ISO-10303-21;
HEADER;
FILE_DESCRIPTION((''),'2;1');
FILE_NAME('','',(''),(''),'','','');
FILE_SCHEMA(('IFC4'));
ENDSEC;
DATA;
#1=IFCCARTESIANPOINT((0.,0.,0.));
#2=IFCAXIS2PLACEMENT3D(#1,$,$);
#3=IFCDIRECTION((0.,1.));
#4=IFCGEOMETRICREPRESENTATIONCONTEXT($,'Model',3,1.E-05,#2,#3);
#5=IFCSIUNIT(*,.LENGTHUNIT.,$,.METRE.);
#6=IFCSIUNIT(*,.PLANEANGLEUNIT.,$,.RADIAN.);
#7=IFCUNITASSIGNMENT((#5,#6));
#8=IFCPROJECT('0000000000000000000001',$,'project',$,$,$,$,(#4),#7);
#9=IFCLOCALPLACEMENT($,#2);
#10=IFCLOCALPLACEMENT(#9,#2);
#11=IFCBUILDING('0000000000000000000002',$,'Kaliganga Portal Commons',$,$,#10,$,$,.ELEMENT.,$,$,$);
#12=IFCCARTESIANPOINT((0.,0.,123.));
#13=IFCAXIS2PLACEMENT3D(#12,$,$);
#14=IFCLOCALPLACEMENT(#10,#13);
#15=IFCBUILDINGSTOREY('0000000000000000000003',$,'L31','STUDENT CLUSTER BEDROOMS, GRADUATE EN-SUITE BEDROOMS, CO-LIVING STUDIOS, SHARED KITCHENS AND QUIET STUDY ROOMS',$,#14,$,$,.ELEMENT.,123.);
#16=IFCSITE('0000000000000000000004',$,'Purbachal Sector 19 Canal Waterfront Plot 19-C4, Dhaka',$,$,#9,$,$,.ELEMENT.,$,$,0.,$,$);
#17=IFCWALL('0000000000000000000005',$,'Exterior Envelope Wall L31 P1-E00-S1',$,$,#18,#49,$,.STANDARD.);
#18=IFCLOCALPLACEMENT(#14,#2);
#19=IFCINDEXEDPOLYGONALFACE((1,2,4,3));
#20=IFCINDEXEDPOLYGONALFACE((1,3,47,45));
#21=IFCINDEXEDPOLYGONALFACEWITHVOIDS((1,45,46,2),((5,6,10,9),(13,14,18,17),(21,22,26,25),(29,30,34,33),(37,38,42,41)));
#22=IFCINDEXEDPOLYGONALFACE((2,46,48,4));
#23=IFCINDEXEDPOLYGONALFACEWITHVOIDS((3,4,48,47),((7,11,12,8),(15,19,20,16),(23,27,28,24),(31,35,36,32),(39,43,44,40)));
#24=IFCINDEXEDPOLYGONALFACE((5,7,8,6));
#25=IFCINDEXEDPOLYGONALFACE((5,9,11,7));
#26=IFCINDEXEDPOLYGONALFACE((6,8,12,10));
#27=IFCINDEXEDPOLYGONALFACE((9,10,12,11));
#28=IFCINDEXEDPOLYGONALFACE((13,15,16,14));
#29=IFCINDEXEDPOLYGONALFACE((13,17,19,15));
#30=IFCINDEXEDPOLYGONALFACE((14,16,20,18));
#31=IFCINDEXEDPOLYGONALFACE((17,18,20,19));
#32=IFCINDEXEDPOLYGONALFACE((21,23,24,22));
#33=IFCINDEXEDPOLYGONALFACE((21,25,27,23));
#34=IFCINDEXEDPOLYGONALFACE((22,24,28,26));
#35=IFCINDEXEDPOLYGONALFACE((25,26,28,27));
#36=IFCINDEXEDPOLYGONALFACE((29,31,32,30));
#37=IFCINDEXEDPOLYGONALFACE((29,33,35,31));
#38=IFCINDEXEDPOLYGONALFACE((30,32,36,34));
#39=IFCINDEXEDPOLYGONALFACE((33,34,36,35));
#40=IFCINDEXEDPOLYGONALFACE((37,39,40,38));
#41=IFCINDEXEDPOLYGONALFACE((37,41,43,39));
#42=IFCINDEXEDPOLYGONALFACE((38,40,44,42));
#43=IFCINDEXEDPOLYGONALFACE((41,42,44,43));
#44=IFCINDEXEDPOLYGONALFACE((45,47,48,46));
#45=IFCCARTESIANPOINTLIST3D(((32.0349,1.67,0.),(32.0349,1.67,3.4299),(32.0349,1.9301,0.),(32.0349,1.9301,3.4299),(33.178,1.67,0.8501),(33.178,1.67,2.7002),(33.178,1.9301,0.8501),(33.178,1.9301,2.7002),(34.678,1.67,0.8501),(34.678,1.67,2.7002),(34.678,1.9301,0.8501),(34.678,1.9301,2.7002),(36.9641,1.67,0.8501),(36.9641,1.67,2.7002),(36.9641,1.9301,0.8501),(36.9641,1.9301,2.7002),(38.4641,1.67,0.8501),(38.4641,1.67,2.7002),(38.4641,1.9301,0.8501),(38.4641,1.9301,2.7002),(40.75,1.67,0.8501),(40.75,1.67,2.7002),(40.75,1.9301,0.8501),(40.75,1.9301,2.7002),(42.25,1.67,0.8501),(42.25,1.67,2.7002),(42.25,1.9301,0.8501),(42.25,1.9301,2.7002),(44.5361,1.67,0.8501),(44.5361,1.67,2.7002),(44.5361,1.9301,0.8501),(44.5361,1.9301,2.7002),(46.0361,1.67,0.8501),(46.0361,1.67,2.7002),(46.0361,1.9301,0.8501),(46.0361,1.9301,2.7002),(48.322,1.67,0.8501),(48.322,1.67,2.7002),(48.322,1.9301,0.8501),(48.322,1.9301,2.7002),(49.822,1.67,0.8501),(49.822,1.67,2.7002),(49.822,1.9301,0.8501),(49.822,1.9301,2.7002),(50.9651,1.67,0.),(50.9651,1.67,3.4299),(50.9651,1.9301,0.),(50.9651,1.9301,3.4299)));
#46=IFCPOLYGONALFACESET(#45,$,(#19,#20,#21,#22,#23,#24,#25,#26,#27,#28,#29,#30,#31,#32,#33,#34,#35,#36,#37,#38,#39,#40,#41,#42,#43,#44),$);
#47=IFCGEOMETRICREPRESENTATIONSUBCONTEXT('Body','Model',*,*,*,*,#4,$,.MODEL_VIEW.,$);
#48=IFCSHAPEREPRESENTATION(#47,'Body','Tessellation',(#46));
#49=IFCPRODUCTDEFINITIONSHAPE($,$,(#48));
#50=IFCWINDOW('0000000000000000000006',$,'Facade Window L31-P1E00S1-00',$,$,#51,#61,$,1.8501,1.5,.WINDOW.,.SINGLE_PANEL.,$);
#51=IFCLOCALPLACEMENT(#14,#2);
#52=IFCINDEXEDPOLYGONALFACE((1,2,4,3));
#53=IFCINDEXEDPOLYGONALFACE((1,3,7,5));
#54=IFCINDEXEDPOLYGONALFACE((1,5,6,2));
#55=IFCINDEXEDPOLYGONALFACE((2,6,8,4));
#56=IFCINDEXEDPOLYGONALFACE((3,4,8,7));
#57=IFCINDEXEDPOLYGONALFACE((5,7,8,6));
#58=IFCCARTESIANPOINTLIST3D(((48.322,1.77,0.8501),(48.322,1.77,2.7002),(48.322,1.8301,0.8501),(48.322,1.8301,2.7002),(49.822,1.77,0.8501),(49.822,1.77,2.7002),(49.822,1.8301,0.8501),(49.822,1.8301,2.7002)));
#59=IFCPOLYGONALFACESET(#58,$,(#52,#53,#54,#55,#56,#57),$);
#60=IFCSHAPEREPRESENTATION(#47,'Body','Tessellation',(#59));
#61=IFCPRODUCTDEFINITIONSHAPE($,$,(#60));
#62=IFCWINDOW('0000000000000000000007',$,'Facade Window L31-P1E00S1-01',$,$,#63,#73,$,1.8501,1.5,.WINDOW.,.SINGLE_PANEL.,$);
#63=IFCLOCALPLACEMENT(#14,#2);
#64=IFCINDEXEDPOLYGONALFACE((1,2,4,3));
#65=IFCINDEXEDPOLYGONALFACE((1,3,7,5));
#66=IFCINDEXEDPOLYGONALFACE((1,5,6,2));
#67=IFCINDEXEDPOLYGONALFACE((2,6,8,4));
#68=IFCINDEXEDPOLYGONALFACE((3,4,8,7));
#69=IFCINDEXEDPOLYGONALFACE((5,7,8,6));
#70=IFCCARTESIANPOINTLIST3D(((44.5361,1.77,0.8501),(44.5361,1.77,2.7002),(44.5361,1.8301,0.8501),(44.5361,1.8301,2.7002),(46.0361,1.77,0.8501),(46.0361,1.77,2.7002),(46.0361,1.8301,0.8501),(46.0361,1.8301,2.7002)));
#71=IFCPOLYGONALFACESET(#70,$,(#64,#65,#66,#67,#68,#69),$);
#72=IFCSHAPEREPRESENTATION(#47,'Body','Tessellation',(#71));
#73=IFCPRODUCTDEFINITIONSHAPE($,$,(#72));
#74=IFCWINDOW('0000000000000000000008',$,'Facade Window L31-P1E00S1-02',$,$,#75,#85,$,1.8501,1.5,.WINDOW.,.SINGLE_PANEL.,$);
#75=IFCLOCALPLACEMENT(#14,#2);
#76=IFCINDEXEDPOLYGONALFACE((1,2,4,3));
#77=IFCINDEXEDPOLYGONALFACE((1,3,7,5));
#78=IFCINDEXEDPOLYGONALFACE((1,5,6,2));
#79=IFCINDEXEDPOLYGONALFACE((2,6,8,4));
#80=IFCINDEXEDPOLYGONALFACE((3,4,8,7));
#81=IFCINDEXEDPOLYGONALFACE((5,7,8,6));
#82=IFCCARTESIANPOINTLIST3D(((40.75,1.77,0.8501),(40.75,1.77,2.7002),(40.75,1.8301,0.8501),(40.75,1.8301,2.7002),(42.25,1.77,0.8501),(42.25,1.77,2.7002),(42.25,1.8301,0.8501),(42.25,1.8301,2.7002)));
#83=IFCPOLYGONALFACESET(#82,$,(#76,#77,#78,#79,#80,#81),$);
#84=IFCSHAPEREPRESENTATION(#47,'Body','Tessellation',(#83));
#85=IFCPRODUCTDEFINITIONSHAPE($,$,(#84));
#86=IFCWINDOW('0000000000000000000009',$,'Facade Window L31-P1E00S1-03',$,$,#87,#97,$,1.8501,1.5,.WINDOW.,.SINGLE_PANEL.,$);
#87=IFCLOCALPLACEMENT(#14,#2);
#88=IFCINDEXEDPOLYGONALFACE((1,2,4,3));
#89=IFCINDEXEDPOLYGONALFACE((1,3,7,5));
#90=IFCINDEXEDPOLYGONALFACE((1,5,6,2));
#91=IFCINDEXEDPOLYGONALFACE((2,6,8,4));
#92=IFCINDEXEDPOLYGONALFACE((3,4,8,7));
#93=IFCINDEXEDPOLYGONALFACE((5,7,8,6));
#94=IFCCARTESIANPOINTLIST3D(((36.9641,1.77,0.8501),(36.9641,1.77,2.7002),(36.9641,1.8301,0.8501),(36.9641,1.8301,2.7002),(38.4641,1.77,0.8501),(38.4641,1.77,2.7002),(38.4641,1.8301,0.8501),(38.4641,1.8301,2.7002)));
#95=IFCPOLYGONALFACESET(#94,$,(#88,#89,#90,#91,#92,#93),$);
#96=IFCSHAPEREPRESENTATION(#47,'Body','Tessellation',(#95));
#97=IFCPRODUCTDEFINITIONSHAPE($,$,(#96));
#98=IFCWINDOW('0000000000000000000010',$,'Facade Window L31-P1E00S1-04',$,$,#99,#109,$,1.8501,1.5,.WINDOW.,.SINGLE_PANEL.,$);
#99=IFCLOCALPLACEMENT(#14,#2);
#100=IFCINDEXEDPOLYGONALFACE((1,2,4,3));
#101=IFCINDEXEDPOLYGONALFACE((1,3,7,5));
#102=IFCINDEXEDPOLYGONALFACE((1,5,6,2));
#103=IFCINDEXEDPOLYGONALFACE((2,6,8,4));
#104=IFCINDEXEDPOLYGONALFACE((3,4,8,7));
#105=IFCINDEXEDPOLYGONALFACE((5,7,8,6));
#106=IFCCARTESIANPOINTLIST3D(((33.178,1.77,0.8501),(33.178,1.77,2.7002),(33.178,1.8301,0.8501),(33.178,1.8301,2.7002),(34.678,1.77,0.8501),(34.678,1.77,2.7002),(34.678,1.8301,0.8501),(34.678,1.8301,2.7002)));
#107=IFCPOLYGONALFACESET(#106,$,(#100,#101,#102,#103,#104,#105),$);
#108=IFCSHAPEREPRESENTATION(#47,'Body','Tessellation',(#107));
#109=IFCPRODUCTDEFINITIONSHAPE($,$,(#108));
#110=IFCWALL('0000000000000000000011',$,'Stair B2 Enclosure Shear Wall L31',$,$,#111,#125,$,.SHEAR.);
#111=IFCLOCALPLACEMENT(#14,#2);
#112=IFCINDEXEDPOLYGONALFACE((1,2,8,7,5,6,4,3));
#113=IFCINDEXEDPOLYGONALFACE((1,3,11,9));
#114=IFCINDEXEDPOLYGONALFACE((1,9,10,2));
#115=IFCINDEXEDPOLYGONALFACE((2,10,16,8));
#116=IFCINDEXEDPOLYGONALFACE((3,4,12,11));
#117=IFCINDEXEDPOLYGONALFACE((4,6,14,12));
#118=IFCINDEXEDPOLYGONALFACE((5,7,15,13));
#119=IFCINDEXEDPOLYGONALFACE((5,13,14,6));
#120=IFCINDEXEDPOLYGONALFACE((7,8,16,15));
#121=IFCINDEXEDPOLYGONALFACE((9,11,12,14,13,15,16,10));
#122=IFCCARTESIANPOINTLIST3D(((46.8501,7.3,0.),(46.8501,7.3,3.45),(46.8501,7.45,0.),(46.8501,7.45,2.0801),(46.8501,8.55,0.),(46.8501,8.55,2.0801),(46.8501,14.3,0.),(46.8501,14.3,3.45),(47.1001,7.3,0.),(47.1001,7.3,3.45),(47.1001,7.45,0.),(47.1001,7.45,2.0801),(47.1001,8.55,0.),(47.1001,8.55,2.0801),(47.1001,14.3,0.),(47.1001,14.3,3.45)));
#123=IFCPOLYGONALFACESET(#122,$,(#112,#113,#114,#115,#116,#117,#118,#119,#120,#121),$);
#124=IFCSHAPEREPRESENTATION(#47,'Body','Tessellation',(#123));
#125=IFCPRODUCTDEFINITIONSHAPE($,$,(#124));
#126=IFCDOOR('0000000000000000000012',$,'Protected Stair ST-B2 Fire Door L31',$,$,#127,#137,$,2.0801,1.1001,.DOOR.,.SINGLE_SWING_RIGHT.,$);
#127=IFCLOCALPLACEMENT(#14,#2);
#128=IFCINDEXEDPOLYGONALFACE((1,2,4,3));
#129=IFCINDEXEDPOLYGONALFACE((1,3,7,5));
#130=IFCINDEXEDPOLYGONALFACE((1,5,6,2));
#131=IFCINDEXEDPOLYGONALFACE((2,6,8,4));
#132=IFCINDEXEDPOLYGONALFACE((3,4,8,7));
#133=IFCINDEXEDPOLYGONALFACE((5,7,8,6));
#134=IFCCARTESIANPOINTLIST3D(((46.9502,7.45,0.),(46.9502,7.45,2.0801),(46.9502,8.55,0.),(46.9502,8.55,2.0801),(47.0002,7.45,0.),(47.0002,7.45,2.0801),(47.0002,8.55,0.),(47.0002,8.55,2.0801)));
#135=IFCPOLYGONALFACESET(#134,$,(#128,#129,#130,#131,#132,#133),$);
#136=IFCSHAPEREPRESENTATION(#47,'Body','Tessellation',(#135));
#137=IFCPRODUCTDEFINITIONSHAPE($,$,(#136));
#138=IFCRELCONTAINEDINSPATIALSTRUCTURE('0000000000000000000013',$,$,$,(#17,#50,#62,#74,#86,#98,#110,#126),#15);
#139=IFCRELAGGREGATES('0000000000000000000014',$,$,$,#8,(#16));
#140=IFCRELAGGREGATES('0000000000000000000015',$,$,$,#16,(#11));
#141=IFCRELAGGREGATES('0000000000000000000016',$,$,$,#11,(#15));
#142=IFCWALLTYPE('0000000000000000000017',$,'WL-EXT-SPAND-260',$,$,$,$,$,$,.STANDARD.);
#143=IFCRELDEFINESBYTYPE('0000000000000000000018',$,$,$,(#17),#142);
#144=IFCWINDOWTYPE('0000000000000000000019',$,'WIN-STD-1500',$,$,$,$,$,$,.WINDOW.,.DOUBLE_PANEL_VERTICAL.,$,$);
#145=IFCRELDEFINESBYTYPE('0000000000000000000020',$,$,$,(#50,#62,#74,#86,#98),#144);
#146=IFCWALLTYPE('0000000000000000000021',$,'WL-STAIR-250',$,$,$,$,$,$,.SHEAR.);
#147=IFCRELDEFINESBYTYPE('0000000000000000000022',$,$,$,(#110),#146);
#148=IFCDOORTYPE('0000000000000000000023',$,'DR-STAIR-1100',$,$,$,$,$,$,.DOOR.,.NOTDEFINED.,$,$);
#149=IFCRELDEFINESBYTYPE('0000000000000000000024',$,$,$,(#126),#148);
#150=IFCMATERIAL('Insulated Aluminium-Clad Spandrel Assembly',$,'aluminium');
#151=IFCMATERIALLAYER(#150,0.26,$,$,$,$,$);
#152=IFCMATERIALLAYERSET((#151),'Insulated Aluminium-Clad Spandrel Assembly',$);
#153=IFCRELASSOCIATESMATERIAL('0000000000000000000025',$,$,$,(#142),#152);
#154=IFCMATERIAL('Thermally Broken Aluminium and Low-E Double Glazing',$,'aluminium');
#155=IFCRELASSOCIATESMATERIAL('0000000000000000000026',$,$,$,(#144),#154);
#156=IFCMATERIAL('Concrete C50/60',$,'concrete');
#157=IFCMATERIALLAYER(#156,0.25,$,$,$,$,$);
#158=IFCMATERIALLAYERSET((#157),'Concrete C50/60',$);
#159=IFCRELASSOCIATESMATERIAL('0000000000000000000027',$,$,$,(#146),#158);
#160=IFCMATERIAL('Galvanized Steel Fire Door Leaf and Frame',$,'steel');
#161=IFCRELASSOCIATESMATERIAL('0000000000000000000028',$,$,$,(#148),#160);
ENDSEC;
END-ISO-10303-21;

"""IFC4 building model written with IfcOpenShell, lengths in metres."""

from ifc_helpers import new_model, si_unit, direction, frame, frame_2d, origin, place, context, subcontext, project, spatial, rectangle, extrude, material, layer, layer_set, type_object, element, fill, save


model = new_model("IFC4")

# Units and contexts
model_context = context("Model", 3, precision=1e-05, world=origin(), true_north=direction((0.0, 1.0)))
body_context = subcontext(model_context, "Body", "Model", "MODEL_VIEW")
ifc_project = project(units=[si_unit("LENGTHUNIT", "METRE"), si_unit("PLANEANGLEUNIT", "RADIAN")], contexts=[model_context])

# Site, building, storey
site_placement = place(None, origin())
site = spatial("IfcSite", under=ifc_project, at=site_placement, Name="Purbachal Sector 19 Canal Waterfront Plot 19-C4, Dhaka", CompositionType="ELEMENT", RefElevation=0.0)
building_placement = place(site_placement, origin())
building = spatial("IfcBuilding", under=site, at=building_placement, Name="Kaliganga Portal Commons", CompositionType="ELEMENT")
storey_placement = place(building_placement, frame((0.0, 0.0, 123.0)))
storey = spatial("IfcBuildingStorey", under=building, at=storey_placement, Name="L31", Description="STUDENT CLUSTER BEDROOMS, GRADUATE EN-SUITE BEDROOMS, CO-LIVING STUDIOS, SHARED KITCHENS AND QUIET STUDY ROOMS", CompositionType="ELEMENT", Elevation=123.0)

# Wall, openings, windows
ifc_material_1 = material(Name="Insulated Aluminium-Clad Spandrel Assembly", Category="aluminium")
ifc_layer_1 = layer(ifc_material_1, 0.26)
ifc_layer_set_1 = layer_set([ifc_layer_1], Name="Insulated Aluminium-Clad Spandrel Assembly")
wall_type_1 = type_object("IfcWallType", Name="WL-EXT-SPAND-260", PredefinedType="STANDARD", material=ifc_layer_set_1)
wall_1_placement = place(storey_placement, frame((50.9651, 1.8, 0.0), z_axis=(0.0, 0.0, 1.0), x_axis=(-1.0, 0.0, 0.0)))
wall_1 = element("IfcWall", 1, at=wall_1_placement, inside=storey, type_object=wall_type_1, Name="Exterior Envelope Wall L31 P1-E00-S1", PredefinedType="STANDARD", context=body_context, shape_type="SweptSolid", body=[
    extrude(rectangle(XDim=18.9302, YDim=0.26, at=frame_2d((9.4651, 0.0))), origin(), (0.0, 0.0, 1.0), 3.4299),
])
opening_1_placement = place(wall_1_placement, frame((1.1431, 0.0, 0.8501)))
opening_1 = element("IfcOpeningElement", 2, at=opening_1_placement, cuts=wall_1, PredefinedType="OPENING", context=body_context, shape_type="SweptSolid", body=[
    extrude(rectangle(XDim=1.5, YDim=1.8501, at=frame_2d((0.75, 0.925))), frame((0.0, 0.1401, 0.0), z_axis=(0.0, -1.0, 0.0), x_axis=(1.0, 0.0, 0.0)), (0.0, 0.0, 1.0), 0.28),
])
opening_2_placement = place(wall_1_placement, frame((4.929, 0.0, 0.8501)))
opening_2 = element("IfcOpeningElement", 3, at=opening_2_placement, cuts=wall_1, PredefinedType="OPENING", context=body_context, shape_type="SweptSolid", body=[
    extrude(rectangle(XDim=1.5, YDim=1.8501, at=frame_2d((0.75, 0.925))), frame((0.0, 0.1401, 0.0), z_axis=(0.0, -1.0, 0.0), x_axis=(1.0, 0.0, 0.0)), (0.0, 0.0, 1.0), 0.28),
])
opening_3_placement = place(wall_1_placement, frame((8.7151, 0.0, 0.8501)))
opening_3 = element("IfcOpeningElement", 4, at=opening_3_placement, cuts=wall_1, PredefinedType="OPENING", context=body_context, shape_type="SweptSolid", body=[
    extrude(rectangle(XDim=1.5, YDim=1.8501, at=frame_2d((0.75, 0.925))), frame((0.0, 0.1401, 0.0), z_axis=(0.0, -1.0, 0.0), x_axis=(1.0, 0.0, 0.0)), (0.0, 0.0, 1.0), 0.28),
])
opening_4_placement = place(wall_1_placement, frame((12.501, 0.0, 0.8501)))
opening_4 = element("IfcOpeningElement", 5, at=opening_4_placement, cuts=wall_1, PredefinedType="OPENING", context=body_context, shape_type="SweptSolid", body=[
    extrude(rectangle(XDim=1.5, YDim=1.8501, at=frame_2d((0.75, 0.925))), frame((0.0, 0.1401, 0.0), z_axis=(0.0, -1.0, 0.0), x_axis=(1.0, 0.0, 0.0)), (0.0, 0.0, 1.0), 0.28),
])
opening_5_placement = place(wall_1_placement, frame((16.2871, 0.0, 0.8501)))
opening_5 = element("IfcOpeningElement", 6, at=opening_5_placement, cuts=wall_1, PredefinedType="OPENING", context=body_context, shape_type="SweptSolid", body=[
    extrude(rectangle(XDim=1.5, YDim=1.8501, at=frame_2d((0.75, 0.925))), frame((0.0, 0.1401, 0.0), z_axis=(0.0, -1.0, 0.0), x_axis=(1.0, 0.0, 0.0)), (0.0, 0.0, 1.0), 0.28),
])
ifc_material_2 = material(Name="Thermally Broken Aluminium and Low-E Double Glazing", Category="aluminium")
window_type = type_object("IfcWindowType", Name="WIN-STD-1500", PartitioningType="DOUBLE_PANEL_VERTICAL", PredefinedType="WINDOW", material=ifc_material_2)
window_1_placement = place(opening_1_placement, origin())
window_1 = element("IfcWindow", 7, at=window_1_placement, inside=storey, type_object=window_type, Name="Facade Window L31-P1E00S1-00", OverallHeight=1.8501, OverallWidth=1.5, PartitioningType="SINGLE_PANEL", PredefinedType="WINDOW", context=body_context, shape_type="SweptSolid", body=[
    extrude(rectangle(XDim=1.5, YDim=1.8501, at=frame_2d((0.75, 0.925))), frame((0.0, 0.03, 0.0), z_axis=(0.0, -1.0, 0.0), x_axis=(1.0, 0.0, 0.0)), (0.0, 0.0, 1.0), 0.0601),
])
fill(opening_1, window_1)
window_2_placement = place(opening_2_placement, origin())
window_2 = element("IfcWindow", 8, at=window_2_placement, inside=storey, type_object=window_type, Name="Facade Window L31-P1E00S1-01", OverallHeight=1.8501, OverallWidth=1.5, PartitioningType="SINGLE_PANEL", PredefinedType="WINDOW", context=body_context, shape_type="SweptSolid", body=[
    extrude(rectangle(XDim=1.5, YDim=1.8501, at=frame_2d((0.75, 0.925))), frame((0.0, 0.03, 0.0), z_axis=(0.0, -1.0, 0.0), x_axis=(1.0, 0.0, 0.0)), (0.0, 0.0, 1.0), 0.0601),
])
fill(opening_2, window_2)
window_3_placement = place(opening_3_placement, origin())
window_3 = element("IfcWindow", 9, at=window_3_placement, inside=storey, type_object=window_type, Name="Facade Window L31-P1E00S1-02", OverallHeight=1.8501, OverallWidth=1.5, PartitioningType="SINGLE_PANEL", PredefinedType="WINDOW", context=body_context, shape_type="SweptSolid", body=[
    extrude(rectangle(XDim=1.5, YDim=1.8501, at=frame_2d((0.75, 0.925))), frame((0.0, 0.03, 0.0), z_axis=(0.0, -1.0, 0.0), x_axis=(1.0, 0.0, 0.0)), (0.0, 0.0, 1.0), 0.0601),
])
fill(opening_3, window_3)
window_4_placement = place(opening_4_placement, origin())
window_4 = element("IfcWindow", 10, at=window_4_placement, inside=storey, type_object=window_type, Name="Facade Window L31-P1E00S1-03", OverallHeight=1.8501, OverallWidth=1.5, PartitioningType="SINGLE_PANEL", PredefinedType="WINDOW", context=body_context, shape_type="SweptSolid", body=[
    extrude(rectangle(XDim=1.5, YDim=1.8501, at=frame_2d((0.75, 0.925))), frame((0.0, 0.03, 0.0), z_axis=(0.0, -1.0, 0.0), x_axis=(1.0, 0.0, 0.0)), (0.0, 0.0, 1.0), 0.0601),
])
fill(opening_4, window_4)
window_5_placement = place(opening_5_placement, origin())
window_5 = element("IfcWindow", 11, at=window_5_placement, inside=storey, type_object=window_type, Name="Facade Window L31-P1E00S1-04", OverallHeight=1.8501, OverallWidth=1.5, PartitioningType="SINGLE_PANEL", PredefinedType="WINDOW", context=body_context, shape_type="SweptSolid", body=[
    extrude(rectangle(XDim=1.5, YDim=1.8501, at=frame_2d((0.75, 0.925))), frame((0.0, 0.03, 0.0), z_axis=(0.0, -1.0, 0.0), x_axis=(1.0, 0.0, 0.0)), (0.0, 0.0, 1.0), 0.0601),
])
fill(opening_5, window_5)

# Wall, opening, door
ifc_material_3 = material(Name="Concrete C50/60", Category="concrete")
ifc_layer_2 = layer(ifc_material_3, 0.25)
ifc_layer_set_2 = layer_set([ifc_layer_2], Name="Concrete C50/60")
wall_type_2 = type_object("IfcWallType", Name="WL-STAIR-250", PredefinedType="SHEAR", material=ifc_layer_set_2)
wall_2_placement = place(storey_placement, frame((46.9751, 7.3, 0.0), z_axis=(0.0, 0.0, 1.0), x_axis=(0.0, 1.0, 0.0)))
wall_2 = element("IfcWall", 12, at=wall_2_placement, inside=storey, type_object=wall_type_2, Name="Stair B2 Enclosure Shear Wall L31", PredefinedType="SHEAR", context=body_context, shape_type="SweptSolid", body=[
    extrude(rectangle(XDim=7.0, YDim=0.25, at=frame_2d((3.5, 0.0))), origin(), (0.0, 0.0, 1.0), 3.45),
])
opening_6_placement = place(wall_2_placement, frame((0.1499, 0.0, 0.0)))
opening_6 = element("IfcOpeningElement", 13, at=opening_6_placement, cuts=wall_2, PredefinedType="OPENING", context=body_context, shape_type="SweptSolid", body=[
    extrude(rectangle(XDim=1.1001, YDim=2.0801, at=frame_2d((0.55, 1.04))), frame((0.0, 0.135, 0.0), z_axis=(0.0, -1.0, 0.0), x_axis=(1.0, 0.0, 0.0)), (0.0, 0.0, 1.0), 0.27),
])
ifc_material_4 = material(Name="Galvanized Steel Fire Door Leaf and Frame", Category="steel")
door_type = type_object("IfcDoorType", Name="DR-STAIR-1100", OperationType="NOTDEFINED", PredefinedType="DOOR", material=ifc_material_4)
door_placement = place(opening_6_placement, origin())
door = element("IfcDoor", 14, at=door_placement, inside=storey, type_object=door_type, Name="Protected Stair ST-B2 Fire Door L31", OperationType="SINGLE_SWING_RIGHT", OverallHeight=2.0801, OverallWidth=1.1001, PredefinedType="DOOR", context=body_context, shape_type="SweptSolid", body=[
    extrude(rectangle(XDim=1.1001, YDim=2.0801, at=frame_2d((0.55, 1.04))), frame((0.0, 0.0249, 0.0), z_axis=(0.0, -1.0, 0.0), x_axis=(1.0, 0.0, 0.0)), (0.0, 0.0, 1.0), 0.05),
])
fill(opening_6, door)

save(model, "model.ifc")
